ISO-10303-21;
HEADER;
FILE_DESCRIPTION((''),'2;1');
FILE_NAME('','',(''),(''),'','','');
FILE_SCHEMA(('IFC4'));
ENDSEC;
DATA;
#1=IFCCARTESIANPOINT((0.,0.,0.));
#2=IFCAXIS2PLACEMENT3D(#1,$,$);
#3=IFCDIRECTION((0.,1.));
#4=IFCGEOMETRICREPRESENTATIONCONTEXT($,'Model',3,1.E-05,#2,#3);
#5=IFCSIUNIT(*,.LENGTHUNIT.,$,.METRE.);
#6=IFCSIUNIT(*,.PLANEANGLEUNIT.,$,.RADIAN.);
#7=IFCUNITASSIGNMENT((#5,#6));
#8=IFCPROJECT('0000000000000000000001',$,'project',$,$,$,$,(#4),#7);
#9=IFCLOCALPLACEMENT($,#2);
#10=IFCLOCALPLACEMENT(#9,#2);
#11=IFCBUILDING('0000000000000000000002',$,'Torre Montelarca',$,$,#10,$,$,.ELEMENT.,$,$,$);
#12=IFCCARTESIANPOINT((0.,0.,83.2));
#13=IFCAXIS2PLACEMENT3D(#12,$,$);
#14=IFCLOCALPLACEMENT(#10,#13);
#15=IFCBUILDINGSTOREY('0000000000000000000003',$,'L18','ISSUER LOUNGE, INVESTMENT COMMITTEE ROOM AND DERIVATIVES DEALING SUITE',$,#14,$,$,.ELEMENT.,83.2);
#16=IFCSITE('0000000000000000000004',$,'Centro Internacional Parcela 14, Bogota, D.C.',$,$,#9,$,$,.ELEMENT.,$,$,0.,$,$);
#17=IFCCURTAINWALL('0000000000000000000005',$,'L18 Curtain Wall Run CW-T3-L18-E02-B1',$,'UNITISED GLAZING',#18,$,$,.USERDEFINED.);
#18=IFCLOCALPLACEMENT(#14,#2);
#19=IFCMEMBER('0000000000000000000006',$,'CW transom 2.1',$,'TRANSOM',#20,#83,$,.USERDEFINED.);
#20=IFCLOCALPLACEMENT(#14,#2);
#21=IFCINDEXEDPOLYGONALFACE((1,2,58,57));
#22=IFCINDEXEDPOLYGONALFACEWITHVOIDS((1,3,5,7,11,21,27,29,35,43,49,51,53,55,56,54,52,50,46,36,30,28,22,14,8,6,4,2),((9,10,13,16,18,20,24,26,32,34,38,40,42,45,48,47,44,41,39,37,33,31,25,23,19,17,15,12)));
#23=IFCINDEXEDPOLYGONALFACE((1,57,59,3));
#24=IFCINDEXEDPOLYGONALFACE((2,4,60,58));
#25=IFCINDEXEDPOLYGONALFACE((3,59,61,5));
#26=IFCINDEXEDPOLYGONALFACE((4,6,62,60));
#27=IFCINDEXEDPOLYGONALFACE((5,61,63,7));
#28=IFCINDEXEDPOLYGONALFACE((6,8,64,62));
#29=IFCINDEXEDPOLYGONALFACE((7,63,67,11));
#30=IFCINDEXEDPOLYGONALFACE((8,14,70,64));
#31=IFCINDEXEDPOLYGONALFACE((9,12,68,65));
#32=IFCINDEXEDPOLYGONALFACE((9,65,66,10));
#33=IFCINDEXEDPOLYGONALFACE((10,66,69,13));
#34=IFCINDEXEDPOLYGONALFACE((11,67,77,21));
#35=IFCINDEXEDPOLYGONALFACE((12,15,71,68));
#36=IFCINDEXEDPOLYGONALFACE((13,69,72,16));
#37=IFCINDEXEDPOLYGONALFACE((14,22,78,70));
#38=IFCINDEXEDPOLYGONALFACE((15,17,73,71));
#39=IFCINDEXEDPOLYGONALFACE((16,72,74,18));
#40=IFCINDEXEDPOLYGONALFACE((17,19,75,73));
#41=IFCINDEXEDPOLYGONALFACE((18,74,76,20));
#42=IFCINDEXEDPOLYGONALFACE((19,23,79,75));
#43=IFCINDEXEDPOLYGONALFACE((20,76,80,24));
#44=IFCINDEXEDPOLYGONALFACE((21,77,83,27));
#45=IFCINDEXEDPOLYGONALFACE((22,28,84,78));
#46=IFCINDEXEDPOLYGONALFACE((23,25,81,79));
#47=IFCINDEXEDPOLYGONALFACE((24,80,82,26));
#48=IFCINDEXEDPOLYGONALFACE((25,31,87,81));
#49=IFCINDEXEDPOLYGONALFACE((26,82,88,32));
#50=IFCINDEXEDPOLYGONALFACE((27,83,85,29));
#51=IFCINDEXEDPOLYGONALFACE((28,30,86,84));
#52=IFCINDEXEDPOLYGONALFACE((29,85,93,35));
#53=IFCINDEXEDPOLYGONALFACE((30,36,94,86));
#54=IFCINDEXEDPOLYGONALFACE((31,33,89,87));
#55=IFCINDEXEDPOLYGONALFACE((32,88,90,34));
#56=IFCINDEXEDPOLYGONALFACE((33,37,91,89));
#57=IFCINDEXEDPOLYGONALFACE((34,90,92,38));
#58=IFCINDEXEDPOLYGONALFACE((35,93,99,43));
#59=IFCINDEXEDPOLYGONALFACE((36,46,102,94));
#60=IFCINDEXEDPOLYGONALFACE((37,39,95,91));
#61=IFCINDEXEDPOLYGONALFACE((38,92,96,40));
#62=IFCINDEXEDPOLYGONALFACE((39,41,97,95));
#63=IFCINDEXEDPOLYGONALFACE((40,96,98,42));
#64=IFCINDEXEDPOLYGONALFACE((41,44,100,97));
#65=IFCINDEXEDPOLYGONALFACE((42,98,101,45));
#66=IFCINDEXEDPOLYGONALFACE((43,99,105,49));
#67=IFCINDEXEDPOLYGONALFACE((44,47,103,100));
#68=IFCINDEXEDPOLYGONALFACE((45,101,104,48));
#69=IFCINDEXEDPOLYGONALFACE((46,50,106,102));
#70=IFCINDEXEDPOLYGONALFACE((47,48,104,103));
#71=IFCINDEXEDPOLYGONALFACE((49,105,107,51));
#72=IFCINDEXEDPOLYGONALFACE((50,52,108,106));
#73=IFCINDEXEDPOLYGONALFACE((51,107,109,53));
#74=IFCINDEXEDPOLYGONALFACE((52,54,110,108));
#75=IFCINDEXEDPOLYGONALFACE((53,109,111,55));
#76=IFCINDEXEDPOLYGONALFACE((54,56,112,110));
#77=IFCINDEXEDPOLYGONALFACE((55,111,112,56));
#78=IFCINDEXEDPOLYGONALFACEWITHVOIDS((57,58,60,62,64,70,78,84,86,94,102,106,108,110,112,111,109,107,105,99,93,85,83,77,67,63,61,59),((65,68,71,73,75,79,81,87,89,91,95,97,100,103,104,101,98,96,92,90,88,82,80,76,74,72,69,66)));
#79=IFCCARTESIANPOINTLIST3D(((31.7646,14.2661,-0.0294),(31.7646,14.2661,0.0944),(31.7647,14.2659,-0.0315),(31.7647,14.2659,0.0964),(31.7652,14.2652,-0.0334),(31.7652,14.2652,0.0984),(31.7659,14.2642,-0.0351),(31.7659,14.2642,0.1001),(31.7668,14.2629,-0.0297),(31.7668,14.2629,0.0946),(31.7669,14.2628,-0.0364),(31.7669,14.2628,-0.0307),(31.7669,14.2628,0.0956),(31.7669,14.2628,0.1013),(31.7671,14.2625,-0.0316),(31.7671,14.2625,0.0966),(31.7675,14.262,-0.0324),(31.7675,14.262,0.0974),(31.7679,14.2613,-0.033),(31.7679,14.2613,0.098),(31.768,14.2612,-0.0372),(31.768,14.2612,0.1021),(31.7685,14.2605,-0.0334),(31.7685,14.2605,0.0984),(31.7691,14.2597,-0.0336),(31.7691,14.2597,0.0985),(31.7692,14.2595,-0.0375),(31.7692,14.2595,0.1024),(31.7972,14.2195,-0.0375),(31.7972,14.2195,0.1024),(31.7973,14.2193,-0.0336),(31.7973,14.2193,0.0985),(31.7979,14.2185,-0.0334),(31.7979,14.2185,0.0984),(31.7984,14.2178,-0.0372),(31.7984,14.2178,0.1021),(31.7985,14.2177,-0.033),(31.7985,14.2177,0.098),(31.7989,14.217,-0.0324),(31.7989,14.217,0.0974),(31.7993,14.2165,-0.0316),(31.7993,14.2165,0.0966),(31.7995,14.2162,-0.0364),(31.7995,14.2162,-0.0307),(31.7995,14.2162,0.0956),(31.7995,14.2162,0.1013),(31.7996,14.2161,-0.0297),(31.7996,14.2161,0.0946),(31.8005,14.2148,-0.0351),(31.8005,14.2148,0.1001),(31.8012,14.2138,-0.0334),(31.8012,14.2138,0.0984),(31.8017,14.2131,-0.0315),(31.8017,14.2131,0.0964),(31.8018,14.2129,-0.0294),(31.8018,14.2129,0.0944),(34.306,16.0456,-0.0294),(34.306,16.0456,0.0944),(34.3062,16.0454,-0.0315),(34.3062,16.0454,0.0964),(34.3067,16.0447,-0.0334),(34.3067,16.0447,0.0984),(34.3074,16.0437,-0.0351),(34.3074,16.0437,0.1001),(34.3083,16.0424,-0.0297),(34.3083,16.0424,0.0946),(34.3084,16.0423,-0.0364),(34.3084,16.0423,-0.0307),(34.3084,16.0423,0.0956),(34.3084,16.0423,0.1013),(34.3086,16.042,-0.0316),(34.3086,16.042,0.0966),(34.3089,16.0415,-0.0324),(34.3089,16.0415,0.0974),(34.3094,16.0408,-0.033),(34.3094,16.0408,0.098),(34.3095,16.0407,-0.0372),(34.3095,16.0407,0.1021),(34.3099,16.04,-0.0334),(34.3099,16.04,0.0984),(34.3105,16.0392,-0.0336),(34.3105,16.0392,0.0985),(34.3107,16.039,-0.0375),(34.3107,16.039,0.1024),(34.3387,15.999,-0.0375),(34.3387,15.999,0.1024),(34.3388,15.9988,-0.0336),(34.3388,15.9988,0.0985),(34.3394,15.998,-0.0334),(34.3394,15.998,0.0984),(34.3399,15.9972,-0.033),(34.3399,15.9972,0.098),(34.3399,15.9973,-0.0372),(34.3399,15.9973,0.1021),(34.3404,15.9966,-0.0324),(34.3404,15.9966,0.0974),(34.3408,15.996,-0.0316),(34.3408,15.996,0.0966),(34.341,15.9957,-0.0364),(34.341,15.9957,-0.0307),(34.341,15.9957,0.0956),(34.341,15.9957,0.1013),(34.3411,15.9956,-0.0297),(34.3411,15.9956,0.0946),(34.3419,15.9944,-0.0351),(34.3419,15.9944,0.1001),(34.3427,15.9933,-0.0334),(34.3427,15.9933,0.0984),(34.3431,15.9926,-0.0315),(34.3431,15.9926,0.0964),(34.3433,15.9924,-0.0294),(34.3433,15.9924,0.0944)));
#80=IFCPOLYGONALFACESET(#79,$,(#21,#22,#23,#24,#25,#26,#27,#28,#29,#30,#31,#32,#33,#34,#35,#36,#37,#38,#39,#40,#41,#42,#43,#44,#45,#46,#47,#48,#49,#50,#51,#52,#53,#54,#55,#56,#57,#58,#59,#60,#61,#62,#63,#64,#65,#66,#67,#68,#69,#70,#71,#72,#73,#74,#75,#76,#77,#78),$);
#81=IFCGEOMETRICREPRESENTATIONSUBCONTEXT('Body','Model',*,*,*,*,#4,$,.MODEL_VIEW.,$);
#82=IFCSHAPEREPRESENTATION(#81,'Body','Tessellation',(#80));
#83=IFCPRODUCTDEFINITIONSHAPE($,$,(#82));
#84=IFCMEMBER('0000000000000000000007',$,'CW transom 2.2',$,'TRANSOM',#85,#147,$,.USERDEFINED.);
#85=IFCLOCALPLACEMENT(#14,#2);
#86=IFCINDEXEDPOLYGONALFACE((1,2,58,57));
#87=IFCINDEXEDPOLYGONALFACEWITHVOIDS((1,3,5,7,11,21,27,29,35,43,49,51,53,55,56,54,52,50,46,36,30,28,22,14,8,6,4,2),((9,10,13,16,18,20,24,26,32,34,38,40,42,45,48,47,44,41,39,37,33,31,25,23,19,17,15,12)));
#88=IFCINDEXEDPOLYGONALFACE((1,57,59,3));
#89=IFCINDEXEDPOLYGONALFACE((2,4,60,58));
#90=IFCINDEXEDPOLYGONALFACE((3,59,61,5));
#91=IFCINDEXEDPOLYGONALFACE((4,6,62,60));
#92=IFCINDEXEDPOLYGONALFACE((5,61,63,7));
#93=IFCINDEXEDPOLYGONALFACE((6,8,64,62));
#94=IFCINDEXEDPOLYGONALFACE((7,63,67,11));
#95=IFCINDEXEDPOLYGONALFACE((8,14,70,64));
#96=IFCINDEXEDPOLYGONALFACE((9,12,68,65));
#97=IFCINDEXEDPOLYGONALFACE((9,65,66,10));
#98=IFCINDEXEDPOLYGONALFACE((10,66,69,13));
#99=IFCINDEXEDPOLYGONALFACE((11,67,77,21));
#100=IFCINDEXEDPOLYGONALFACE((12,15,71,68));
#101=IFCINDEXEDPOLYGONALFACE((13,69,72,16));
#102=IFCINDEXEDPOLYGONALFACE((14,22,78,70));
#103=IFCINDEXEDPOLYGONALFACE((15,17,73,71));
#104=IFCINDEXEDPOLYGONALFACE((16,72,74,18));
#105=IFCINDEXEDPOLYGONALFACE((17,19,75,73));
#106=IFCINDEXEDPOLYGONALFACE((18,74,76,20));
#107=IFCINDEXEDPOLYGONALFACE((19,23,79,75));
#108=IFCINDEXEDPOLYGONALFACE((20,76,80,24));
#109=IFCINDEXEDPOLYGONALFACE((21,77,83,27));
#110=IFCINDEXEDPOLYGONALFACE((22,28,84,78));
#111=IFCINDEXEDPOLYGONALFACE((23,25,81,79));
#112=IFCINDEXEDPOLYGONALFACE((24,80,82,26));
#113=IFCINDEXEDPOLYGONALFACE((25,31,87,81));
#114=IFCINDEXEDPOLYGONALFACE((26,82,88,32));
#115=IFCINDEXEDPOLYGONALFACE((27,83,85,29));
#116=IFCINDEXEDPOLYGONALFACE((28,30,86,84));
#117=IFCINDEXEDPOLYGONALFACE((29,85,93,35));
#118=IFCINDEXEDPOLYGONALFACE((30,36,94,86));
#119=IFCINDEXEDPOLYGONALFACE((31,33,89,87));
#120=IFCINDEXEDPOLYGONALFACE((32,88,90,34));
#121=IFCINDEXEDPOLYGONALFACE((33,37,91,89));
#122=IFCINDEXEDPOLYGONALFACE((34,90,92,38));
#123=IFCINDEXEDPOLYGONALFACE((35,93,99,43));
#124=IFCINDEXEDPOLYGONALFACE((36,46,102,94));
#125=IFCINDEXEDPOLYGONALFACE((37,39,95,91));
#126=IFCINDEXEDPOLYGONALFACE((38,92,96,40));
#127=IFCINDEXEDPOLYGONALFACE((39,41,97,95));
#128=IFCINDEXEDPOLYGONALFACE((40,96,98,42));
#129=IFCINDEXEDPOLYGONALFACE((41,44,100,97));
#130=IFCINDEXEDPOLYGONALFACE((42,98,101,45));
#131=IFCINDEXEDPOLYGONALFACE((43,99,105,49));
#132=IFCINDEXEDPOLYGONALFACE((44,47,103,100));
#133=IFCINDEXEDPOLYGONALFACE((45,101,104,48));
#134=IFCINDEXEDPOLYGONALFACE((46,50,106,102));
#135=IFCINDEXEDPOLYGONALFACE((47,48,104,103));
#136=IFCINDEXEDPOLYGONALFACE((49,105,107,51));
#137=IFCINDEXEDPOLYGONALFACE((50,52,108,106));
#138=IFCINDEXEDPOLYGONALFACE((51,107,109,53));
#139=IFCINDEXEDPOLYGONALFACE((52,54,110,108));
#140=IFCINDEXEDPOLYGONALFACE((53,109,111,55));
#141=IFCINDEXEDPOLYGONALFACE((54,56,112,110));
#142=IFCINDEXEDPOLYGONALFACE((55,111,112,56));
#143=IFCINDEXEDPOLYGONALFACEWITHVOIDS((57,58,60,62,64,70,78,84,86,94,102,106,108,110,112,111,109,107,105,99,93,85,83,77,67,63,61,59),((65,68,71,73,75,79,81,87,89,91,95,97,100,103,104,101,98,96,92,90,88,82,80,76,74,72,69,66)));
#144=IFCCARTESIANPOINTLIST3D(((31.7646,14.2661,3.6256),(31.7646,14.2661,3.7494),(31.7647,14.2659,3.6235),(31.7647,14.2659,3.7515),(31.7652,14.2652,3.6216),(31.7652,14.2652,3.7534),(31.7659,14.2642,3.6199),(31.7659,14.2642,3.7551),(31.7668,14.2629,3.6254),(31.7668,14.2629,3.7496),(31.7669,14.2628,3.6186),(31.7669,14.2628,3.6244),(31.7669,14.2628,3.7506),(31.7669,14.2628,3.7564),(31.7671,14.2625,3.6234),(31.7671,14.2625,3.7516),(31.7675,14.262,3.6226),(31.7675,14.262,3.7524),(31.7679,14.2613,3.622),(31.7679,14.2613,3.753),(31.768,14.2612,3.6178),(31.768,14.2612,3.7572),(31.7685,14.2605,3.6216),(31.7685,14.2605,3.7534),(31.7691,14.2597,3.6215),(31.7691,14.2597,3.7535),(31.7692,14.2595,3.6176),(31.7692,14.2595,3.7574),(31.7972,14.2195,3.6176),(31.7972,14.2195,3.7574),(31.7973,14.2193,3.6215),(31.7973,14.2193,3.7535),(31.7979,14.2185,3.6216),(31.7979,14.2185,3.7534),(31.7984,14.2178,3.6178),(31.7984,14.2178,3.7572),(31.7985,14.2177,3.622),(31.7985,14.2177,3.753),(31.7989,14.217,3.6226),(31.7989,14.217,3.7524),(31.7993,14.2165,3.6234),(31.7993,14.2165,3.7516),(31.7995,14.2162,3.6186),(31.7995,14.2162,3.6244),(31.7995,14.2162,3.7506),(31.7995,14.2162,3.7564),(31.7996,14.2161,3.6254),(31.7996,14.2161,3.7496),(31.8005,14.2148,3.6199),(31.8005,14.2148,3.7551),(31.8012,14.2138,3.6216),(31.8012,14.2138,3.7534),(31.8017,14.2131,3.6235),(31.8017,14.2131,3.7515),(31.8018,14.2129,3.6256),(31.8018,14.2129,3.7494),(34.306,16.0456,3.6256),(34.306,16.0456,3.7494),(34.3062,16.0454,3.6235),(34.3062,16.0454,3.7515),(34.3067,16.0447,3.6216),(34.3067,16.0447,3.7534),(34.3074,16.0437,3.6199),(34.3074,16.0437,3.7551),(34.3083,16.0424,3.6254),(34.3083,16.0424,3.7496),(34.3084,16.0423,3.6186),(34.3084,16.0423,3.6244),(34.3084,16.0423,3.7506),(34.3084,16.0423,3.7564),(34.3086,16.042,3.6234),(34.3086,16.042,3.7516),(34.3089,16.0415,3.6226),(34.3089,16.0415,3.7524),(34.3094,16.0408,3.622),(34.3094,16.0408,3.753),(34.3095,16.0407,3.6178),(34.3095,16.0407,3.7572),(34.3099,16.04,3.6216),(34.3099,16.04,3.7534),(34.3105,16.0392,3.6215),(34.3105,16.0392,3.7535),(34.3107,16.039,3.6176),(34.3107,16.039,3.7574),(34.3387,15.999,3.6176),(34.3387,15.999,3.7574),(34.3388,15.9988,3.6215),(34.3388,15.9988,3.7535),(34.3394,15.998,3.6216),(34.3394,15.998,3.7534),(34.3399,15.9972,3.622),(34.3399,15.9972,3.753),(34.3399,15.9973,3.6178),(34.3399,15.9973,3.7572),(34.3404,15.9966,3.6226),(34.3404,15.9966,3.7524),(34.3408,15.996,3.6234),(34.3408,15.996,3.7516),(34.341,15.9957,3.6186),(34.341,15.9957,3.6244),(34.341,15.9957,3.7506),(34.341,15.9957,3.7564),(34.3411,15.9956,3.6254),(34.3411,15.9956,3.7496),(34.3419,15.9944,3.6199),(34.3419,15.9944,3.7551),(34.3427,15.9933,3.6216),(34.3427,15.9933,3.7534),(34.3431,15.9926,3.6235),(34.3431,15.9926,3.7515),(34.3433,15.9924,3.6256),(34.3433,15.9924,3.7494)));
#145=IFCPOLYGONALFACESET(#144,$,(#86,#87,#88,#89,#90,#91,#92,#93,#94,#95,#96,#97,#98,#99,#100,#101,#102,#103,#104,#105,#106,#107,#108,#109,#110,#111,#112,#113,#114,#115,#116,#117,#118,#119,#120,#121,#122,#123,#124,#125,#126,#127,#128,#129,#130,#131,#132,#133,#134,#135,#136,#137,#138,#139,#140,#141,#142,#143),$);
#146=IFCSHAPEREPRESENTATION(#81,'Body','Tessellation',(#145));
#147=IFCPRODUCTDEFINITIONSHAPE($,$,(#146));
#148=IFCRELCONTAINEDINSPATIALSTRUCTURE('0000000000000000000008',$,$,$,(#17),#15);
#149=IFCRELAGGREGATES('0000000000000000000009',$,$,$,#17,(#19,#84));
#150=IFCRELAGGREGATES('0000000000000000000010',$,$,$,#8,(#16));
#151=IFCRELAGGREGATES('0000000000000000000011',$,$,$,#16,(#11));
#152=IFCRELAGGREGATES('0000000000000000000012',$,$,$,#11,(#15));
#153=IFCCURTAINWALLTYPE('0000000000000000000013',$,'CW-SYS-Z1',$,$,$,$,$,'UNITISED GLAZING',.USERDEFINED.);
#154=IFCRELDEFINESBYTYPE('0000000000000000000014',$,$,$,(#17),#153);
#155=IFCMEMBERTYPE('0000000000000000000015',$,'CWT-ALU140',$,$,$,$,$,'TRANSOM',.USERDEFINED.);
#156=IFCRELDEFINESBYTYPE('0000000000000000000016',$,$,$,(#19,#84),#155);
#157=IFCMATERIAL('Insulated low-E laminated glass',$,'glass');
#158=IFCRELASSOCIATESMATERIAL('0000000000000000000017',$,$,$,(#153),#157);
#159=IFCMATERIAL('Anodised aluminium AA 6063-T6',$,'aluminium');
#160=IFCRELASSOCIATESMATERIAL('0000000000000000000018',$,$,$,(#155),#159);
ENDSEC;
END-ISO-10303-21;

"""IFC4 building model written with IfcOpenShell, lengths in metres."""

from ifc_helpers import new_model, si_unit, direction, frame, origin, origin_2d, place, context, subcontext, project, spatial, hollow_rectangle, extrude, source, transform, mapped, material, material_profile, profile_set, type_object, element, aggregate, save


model = new_model("IFC4")

# Units and contexts
model_context = context("Model", 3, precision=1e-05, world=origin(), true_north=direction((0.0, 1.0)))
body_context = subcontext(model_context, "Body", "Model", "MODEL_VIEW")
ifc_project = project(units=[si_unit("LENGTHUNIT", "METRE"), si_unit("PLANEANGLEUNIT", "RADIAN")], contexts=[model_context])

# Site, building, storey
site_placement = place(None, origin())
site = spatial("IfcSite", under=ifc_project, at=site_placement, Name="Centro Internacional Parcela 14, Bogota, D.C.", CompositionType="ELEMENT", RefElevation=0.0)
building_placement = place(site_placement, origin())
building = spatial("IfcBuilding", under=site, at=building_placement, Name="Torre Montelarca", CompositionType="ELEMENT")
storey_placement = place(building_placement, frame((0.0, 0.0, 83.2)))
storey = spatial("IfcBuildingStorey", under=building, at=storey_placement, Name="L18", Description="ISSUER LOUNGE, INVESTMENT COMMITTEE ROOM AND DERIVATIVES DEALING SUITE", CompositionType="ELEMENT", Elevation=83.2)

# Curtain wall, members
ifc_material_1 = material(Name="Insulated low-E laminated glass", Category="glass")
curtain_wall_type = type_object("IfcCurtainWallType", Name="CW-SYS-Z1", ElementType="UNITISED GLAZING", PredefinedType="USERDEFINED", material=ifc_material_1)
ifc_material_2 = material(Name="Anodised aluminium AA 6063-T6", Category="aluminium")
ifc_material_profile_1 = material_profile(ifc_material_2, hollow_rectangle(XDim=0.0649, YDim=0.1399, WallThickness=0.0039, InnerFilletRadius=0.0039, OuterFilletRadius=0.0081, at=origin_2d()), Name="ALU65X140X4", Category="aluminium")
ifc_profile_set_1 = profile_set([ifc_material_profile_1], Name="Anodised aluminium AA 6063-T6")
member_type_1 = type_object("IfcMemberType", Name="CWT-ALU140", ElementType="TRANSOM", PredefinedType="USERDEFINED", material=ifc_profile_set_1)
curtain_wall_1_placement = place(storey_placement, origin())
curtain_wall_1 = element("IfcCurtainWall", 1, at=curtain_wall_1_placement, inside=storey, type_object=curtain_wall_type, Name="L18 Curtain Wall Run CW-T3-L18-E02-B1", ObjectType="UNITISED GLAZING", PredefinedType="USERDEFINED")
shared_shape_1 = source(origin(), body_context, "Body", "SweptSolid", [
    extrude(hollow_rectangle(XDim=0.0649, YDim=0.1399, WallThickness=0.0039, InnerFilletRadius=0.0039, OuterFilletRadius=0.0081, at=origin_2d()), origin(), (0.0, 0.0, 1.0), 3.1025),
])
member_1_placement = place(storey_placement, frame((31.7832, 14.2395, 0.0325), z_axis=(0.819158, 0.573568, 0.0), x_axis=(-0.573568, 0.819158, 0.0)))
member_1 = element("IfcMember", 2, at=member_1_placement, type_object=member_type_1, Name="CW transom 2.1", ObjectType="TRANSOM", PredefinedType="USERDEFINED", context=body_context, shape_type="MappedRepresentation", body=[
    mapped(shared_shape_1, transform((0.0, 0.0, 0.0), scale=1.0)),
])
member_2_placement = place(storey_placement, frame((31.7832, 14.2395, 3.6875), z_axis=(0.819158, 0.573568, 0.0), x_axis=(-0.573568, 0.819158, 0.0)))
member_2 = element("IfcMember", 3, at=member_2_placement, type_object=member_type_1, Name="CW transom 2.2", ObjectType="TRANSOM", PredefinedType="USERDEFINED", context=body_context, shape_type="MappedRepresentation", body=[
    mapped(shared_shape_1, transform((0.0, 0.0, 0.0), scale=1.0)),
])

aggregate(curtain_wall_1, [member_1, member_2])

save(model, "model.ifc")
